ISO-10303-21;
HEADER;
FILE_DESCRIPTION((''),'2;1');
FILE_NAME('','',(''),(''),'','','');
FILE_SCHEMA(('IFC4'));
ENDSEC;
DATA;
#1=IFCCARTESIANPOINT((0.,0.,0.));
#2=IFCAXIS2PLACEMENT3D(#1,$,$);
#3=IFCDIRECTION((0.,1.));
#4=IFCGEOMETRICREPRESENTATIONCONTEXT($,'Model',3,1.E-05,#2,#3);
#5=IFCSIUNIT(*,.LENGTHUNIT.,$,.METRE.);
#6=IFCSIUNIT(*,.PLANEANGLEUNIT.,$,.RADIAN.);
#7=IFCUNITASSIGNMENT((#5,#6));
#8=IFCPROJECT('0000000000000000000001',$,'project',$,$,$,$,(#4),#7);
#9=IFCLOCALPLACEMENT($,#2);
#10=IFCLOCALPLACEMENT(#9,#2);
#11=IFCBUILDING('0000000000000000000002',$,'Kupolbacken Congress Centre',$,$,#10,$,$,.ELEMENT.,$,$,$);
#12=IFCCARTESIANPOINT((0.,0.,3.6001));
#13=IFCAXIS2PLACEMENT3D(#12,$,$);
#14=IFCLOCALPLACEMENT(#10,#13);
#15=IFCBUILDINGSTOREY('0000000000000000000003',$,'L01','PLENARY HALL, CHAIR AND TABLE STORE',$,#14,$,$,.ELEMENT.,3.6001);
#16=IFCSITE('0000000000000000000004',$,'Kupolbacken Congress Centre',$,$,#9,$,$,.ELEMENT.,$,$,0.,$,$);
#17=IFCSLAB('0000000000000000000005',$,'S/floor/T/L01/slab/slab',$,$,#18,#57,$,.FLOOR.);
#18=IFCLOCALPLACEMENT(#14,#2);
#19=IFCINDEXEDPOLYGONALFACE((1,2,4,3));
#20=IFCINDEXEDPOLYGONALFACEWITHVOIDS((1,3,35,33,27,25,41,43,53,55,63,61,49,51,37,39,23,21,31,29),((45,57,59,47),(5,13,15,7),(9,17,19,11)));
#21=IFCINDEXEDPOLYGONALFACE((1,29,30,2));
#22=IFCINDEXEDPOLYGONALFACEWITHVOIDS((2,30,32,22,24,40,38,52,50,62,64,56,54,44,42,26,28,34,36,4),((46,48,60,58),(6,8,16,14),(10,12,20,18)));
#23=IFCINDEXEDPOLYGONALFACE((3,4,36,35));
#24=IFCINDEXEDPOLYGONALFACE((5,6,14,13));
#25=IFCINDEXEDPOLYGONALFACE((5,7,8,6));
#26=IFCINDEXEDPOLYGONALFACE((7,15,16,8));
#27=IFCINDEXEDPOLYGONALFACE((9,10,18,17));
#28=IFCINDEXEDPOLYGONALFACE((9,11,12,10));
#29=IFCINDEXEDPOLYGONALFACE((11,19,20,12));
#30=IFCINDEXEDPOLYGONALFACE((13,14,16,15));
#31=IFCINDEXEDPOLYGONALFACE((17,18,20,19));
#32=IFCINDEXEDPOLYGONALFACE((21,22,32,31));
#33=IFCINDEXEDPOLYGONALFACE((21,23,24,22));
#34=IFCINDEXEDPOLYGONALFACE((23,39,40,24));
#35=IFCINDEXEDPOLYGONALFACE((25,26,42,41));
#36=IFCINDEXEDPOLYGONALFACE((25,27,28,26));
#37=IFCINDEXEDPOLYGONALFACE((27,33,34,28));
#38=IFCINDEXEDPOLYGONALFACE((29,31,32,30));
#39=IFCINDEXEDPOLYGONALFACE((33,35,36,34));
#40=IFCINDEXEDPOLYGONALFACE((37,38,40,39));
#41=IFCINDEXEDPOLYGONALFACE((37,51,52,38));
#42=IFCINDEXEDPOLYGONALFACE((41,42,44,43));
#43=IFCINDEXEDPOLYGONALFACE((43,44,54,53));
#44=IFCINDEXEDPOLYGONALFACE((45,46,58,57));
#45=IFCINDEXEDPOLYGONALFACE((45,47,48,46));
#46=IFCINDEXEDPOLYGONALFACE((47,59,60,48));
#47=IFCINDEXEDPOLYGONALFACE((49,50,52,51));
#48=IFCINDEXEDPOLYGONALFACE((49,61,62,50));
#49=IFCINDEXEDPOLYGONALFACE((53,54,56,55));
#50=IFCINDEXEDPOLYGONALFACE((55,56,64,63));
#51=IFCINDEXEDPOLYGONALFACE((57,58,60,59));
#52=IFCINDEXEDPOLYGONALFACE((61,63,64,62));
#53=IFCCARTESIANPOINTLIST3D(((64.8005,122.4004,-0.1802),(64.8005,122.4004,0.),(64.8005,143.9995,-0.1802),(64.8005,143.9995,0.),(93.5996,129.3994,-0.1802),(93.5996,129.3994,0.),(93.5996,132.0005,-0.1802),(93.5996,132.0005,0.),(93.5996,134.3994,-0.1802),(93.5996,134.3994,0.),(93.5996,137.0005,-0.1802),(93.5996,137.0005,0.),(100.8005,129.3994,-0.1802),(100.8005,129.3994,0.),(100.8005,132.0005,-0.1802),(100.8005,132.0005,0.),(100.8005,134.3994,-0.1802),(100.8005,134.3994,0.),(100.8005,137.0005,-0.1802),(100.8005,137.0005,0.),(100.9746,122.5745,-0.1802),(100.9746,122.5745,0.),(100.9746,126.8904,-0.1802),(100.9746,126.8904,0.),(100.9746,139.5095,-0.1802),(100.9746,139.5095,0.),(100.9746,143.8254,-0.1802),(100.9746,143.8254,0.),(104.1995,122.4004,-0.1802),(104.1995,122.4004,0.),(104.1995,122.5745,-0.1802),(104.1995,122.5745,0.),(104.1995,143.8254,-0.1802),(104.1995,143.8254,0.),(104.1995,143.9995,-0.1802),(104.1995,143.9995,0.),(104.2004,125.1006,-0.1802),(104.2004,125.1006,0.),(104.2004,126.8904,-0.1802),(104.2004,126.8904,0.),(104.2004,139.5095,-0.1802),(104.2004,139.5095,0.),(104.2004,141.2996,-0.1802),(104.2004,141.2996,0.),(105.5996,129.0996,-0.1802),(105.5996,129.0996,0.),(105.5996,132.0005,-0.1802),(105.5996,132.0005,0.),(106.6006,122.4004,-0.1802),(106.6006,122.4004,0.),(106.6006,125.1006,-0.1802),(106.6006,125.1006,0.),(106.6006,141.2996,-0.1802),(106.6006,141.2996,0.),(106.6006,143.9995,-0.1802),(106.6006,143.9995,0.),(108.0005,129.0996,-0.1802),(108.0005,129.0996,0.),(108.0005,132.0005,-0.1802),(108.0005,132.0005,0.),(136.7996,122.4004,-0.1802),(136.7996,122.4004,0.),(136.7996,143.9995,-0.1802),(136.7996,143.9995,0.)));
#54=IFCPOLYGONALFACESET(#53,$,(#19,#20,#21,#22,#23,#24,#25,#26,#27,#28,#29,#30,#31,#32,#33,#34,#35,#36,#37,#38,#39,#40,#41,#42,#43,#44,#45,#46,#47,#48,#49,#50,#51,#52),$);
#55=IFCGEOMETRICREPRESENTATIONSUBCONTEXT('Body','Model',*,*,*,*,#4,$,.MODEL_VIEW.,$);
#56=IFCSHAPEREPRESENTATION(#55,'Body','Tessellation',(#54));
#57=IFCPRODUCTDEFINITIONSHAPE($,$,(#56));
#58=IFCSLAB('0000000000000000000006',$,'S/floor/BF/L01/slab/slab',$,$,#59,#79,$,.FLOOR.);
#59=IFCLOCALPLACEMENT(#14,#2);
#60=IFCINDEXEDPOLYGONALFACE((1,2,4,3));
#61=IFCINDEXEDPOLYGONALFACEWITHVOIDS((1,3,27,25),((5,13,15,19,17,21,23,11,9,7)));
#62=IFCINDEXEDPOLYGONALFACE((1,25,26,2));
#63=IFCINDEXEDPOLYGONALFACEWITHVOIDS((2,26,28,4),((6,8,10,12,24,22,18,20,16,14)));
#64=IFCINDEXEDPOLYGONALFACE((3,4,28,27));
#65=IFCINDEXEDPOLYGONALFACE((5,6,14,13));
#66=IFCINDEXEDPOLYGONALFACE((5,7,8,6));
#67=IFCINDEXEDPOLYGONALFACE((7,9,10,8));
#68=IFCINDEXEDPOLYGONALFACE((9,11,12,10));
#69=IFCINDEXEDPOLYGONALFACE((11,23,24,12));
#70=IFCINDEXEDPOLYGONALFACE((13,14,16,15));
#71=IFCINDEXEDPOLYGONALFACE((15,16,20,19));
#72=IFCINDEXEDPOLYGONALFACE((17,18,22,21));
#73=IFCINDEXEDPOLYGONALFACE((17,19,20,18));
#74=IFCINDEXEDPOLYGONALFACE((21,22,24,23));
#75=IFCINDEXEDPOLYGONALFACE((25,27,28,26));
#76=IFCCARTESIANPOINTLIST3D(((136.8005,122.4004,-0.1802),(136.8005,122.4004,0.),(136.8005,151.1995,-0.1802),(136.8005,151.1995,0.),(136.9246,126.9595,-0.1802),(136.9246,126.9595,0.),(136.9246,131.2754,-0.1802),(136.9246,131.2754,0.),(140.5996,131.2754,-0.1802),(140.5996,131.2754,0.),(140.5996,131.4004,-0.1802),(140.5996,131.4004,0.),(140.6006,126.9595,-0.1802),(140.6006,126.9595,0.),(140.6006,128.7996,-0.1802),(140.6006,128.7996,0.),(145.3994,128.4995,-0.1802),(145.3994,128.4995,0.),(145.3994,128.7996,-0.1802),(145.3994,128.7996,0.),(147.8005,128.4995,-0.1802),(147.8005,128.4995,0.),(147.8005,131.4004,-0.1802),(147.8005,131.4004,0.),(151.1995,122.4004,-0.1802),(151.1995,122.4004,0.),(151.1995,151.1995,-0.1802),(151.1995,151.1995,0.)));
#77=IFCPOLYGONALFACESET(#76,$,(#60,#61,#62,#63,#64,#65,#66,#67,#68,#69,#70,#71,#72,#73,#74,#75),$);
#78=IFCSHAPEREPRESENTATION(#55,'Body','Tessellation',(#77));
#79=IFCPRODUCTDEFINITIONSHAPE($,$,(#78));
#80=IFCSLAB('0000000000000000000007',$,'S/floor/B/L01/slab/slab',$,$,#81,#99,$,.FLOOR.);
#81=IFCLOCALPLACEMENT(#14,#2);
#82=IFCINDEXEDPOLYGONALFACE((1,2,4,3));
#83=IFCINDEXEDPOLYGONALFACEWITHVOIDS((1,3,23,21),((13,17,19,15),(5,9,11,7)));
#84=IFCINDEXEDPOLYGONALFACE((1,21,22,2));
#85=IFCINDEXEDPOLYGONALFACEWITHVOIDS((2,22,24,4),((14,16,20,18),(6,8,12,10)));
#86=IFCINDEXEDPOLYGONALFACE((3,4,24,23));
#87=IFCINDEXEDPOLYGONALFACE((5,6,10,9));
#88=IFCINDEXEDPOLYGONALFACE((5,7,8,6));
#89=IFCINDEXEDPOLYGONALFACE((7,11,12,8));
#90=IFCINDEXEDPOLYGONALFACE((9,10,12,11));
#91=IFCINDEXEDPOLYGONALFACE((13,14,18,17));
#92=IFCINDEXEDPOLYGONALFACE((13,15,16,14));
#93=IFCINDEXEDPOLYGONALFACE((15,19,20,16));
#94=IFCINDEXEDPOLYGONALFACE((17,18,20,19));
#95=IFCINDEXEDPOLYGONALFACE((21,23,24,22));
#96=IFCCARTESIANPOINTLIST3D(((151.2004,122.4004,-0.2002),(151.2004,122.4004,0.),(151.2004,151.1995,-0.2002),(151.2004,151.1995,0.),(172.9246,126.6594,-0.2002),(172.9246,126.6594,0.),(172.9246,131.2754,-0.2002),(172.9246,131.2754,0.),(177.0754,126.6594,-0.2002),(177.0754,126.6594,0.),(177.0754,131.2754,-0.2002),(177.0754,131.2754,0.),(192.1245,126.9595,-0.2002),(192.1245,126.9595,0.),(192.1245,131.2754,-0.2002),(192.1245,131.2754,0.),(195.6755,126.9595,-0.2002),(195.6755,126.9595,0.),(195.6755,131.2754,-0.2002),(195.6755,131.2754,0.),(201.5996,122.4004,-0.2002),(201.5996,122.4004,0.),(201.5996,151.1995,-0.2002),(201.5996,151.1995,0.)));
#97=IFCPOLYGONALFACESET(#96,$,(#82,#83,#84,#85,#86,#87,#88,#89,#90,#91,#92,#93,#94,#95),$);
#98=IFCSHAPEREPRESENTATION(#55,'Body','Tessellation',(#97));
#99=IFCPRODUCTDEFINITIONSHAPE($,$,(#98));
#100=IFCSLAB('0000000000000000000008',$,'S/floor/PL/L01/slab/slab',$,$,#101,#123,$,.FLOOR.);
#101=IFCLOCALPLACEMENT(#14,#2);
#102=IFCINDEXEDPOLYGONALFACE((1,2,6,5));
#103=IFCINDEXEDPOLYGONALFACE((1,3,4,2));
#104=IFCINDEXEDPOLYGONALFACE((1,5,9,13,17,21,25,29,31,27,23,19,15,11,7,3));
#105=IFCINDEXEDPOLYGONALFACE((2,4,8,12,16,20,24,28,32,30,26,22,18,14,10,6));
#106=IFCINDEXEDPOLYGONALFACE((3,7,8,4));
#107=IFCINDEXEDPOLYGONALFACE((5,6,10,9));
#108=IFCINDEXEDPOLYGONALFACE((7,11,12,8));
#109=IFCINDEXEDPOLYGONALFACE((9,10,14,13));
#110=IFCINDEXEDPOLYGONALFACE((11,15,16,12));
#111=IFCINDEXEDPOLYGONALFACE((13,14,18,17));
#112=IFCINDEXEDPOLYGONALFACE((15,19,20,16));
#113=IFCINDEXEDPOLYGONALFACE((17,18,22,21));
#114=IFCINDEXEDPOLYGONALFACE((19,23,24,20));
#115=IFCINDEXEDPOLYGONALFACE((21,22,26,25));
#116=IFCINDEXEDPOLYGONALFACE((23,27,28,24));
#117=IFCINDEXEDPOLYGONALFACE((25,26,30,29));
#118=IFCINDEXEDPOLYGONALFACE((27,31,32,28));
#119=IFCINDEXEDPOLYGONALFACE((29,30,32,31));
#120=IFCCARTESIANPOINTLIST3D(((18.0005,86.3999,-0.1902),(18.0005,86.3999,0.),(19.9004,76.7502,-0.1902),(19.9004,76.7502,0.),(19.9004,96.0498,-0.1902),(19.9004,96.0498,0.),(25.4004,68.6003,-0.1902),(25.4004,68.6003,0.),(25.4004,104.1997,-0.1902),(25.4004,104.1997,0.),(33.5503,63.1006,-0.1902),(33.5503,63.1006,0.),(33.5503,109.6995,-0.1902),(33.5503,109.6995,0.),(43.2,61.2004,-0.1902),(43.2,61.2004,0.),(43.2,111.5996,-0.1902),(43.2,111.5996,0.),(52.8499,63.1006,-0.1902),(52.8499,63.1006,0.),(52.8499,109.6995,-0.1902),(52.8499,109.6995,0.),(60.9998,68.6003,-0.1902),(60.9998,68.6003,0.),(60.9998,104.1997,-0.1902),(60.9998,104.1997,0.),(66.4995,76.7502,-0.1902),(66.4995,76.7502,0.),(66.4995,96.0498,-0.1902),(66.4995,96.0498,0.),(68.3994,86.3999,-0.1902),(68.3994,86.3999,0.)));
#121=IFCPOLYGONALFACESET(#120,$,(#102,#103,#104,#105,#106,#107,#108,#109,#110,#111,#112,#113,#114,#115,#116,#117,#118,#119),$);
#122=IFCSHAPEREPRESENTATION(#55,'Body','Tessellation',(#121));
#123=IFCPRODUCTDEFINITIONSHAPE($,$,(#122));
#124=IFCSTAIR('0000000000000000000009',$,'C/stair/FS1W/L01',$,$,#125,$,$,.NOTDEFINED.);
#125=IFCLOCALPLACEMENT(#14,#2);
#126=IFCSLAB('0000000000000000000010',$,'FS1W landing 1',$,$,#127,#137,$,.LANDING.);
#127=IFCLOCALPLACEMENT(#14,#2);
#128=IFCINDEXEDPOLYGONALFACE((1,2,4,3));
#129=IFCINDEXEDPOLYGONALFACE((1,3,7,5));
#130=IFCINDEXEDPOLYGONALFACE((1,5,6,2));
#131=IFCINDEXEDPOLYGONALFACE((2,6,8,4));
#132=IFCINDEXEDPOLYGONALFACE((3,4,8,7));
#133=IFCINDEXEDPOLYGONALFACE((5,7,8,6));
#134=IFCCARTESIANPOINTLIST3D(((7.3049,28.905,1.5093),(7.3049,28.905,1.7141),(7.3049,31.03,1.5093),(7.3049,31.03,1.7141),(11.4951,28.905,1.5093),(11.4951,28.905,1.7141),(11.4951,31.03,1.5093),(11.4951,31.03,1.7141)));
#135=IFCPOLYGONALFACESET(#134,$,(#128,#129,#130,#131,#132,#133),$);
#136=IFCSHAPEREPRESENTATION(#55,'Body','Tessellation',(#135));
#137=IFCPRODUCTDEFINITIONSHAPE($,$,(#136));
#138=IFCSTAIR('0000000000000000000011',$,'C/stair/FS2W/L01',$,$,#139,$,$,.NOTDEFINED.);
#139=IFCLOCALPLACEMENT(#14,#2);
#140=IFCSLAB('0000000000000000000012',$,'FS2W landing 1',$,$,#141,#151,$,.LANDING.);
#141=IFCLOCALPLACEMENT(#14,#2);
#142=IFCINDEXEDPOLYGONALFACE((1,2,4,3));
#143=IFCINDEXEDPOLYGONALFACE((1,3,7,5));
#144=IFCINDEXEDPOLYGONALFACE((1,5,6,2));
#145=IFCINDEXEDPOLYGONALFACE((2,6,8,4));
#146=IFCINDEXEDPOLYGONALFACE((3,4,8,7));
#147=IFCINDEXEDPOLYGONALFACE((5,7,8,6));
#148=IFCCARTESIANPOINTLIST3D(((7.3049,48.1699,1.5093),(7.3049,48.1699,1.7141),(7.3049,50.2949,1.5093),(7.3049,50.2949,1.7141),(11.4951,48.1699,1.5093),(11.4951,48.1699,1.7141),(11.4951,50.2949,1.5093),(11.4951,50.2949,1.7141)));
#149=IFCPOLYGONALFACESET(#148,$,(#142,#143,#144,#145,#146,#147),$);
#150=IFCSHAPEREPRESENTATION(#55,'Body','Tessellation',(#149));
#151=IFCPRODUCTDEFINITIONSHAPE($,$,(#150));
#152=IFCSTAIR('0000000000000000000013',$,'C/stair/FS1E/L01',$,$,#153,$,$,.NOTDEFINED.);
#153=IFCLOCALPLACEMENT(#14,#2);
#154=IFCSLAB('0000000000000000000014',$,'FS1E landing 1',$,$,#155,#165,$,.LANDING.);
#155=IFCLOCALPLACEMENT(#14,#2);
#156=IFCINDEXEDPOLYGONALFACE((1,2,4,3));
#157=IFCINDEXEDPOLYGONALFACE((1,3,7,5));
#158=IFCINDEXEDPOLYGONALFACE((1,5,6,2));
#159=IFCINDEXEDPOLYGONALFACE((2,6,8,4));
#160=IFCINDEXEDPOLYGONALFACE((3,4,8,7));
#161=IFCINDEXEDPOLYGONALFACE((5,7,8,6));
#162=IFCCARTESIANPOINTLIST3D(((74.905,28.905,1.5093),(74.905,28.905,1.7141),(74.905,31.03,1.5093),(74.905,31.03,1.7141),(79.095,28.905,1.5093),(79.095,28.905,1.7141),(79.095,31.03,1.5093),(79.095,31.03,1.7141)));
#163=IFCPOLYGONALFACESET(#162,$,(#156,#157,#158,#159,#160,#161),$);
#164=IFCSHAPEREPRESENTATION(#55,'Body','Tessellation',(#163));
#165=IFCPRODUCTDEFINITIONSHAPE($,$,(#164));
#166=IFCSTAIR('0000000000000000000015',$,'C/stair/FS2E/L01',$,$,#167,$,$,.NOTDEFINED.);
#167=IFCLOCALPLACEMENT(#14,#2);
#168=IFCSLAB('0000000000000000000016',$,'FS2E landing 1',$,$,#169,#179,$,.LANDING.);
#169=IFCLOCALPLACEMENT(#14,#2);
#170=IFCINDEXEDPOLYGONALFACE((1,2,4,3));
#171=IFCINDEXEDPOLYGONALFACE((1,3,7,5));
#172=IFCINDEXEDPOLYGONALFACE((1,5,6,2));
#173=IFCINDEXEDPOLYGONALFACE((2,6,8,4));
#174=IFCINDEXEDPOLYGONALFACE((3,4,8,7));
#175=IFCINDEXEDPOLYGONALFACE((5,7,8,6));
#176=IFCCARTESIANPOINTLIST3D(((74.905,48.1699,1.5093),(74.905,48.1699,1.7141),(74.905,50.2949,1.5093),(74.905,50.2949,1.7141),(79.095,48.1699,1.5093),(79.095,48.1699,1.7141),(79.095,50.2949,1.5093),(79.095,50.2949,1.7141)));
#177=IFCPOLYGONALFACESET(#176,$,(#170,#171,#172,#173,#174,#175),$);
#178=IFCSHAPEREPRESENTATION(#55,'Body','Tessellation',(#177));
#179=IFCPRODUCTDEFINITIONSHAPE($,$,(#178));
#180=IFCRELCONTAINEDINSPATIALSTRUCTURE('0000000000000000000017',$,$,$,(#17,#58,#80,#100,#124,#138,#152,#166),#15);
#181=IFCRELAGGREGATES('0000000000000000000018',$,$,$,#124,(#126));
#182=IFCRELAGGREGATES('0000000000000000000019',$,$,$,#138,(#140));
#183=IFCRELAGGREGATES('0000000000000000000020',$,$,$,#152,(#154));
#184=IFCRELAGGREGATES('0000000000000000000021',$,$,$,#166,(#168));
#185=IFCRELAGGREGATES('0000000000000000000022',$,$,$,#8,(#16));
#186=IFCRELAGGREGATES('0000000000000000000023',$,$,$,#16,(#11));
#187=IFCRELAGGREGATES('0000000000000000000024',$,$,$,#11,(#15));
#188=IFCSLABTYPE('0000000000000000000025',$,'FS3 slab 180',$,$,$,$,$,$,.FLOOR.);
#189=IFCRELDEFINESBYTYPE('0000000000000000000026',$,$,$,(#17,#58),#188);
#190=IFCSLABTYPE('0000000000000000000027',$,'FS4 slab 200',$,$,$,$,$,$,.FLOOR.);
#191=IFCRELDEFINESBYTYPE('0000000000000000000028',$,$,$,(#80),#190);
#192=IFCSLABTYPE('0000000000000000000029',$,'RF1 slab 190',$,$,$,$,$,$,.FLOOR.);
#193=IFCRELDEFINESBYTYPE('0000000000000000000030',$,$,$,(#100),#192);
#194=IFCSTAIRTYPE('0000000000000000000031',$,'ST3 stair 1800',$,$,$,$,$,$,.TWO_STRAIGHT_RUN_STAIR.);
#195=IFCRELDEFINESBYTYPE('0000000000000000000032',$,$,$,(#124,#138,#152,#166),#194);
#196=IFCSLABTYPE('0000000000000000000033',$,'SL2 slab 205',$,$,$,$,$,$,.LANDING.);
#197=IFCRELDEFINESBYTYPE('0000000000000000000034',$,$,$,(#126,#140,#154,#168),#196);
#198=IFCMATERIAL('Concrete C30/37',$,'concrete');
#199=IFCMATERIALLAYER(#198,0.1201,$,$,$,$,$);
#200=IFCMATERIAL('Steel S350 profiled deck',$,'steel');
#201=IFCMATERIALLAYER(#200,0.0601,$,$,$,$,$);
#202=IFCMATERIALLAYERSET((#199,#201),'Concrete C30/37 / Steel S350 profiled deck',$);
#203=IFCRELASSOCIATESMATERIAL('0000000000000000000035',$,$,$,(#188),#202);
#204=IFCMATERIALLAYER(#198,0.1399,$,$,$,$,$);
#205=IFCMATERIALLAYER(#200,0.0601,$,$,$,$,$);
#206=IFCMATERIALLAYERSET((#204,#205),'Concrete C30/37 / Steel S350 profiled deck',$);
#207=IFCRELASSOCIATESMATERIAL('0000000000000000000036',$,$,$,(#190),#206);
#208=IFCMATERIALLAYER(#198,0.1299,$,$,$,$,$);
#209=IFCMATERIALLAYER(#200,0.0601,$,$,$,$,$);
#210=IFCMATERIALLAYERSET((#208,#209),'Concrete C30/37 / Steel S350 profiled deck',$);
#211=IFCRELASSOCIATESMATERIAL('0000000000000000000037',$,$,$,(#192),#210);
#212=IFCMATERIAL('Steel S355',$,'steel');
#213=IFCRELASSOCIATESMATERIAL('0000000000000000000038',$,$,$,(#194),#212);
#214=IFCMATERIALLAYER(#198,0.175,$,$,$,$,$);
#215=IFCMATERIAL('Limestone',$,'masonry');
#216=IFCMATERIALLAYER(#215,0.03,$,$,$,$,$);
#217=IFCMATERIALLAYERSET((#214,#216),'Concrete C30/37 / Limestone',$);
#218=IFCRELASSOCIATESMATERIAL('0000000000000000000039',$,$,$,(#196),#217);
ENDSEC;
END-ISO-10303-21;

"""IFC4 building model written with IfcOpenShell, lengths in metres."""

from ifc_helpers import new_model, si_unit, direction, frame, origin, place, context, subcontext, project, spatial, polyline, outline, extrude, material, layer, layer_set, type_object, element, aggregate, save


model = new_model("IFC4")

# Units and contexts
model_context = context("Model", 3, precision=1e-05, world=origin(), true_north=direction((0.0, 1.0)))
body_context = subcontext(model_context, "Body", "Model", "MODEL_VIEW")
ifc_project = project(units=[si_unit("LENGTHUNIT", "METRE"), si_unit("PLANEANGLEUNIT", "RADIAN")], contexts=[model_context])

# Site, building, storey
site_placement = place(None, origin())
site = spatial("IfcSite", under=ifc_project, at=site_placement, Name="Kupolbacken Congress Centre", CompositionType="ELEMENT", RefElevation=0.0)
building_placement = place(site_placement, origin())
building = spatial("IfcBuilding", under=site, at=building_placement, Name="Kupolbacken Congress Centre", CompositionType="ELEMENT")
storey_placement = place(building_placement, frame((0.0, 0.0, 3.6001)))
storey = spatial("IfcBuildingStorey", under=building, at=storey_placement, Name="L01", Description="PLENARY HALL, CHAIR AND TABLE STORE", CompositionType="ELEMENT", Elevation=3.6001)

# Slabs
ifc_material_1 = material(Name="Concrete C30/37", Category="concrete")
ifc_layer_1 = layer(ifc_material_1, 0.1201)
ifc_material_2 = material(Name="Steel S350 profiled deck", Category="steel")
ifc_layer_2 = layer(ifc_material_2, 0.0601)
ifc_layer_set_1 = layer_set([ifc_layer_1, ifc_layer_2], Name="Concrete C30/37 / Steel S350 profiled deck")
slab_type_1 = type_object("IfcSlabType", Name="FS3 slab 180", PredefinedType="FLOOR", material=ifc_layer_set_1)
slab_1_placement = place(storey_placement, frame((0.0, 0.0, -0.1802)))
element("IfcSlab", 1, at=slab_1_placement, inside=storey, type_object=slab_type_1, Name="S/floor/T/L01/slab/slab", PredefinedType="FLOOR", context=body_context, shape_type="SweptSolid", body=[
    extrude(outline(polyline([(136.7996, 122.4004), (136.7996, 143.9995), (106.6006, 143.9995), (106.6006, 141.2996), (104.2004, 141.2996), (104.2004, 139.5095), (100.9746, 139.5095), (100.9746, 143.8254), (104.1995, 143.8254), (104.1995, 143.9995), (64.8005, 143.9995), (64.8005, 122.4004), (104.1995, 122.4004), (104.1995, 122.5745), (100.9746, 122.5745), (100.9746, 126.8904), (104.2004, 126.8904), (104.2004, 125.1006), (106.6006, 125.1006), (106.6006, 122.4004), (136.7996, 122.4004)]), holes=[polyline([(105.5996, 132.0005), (108.0005, 132.0005), (108.0005, 129.0996), (105.5996, 129.0996), (105.5996, 132.0005)]), polyline([(93.5996, 137.0005), (100.8005, 137.0005), (100.8005, 134.3994), (93.5996, 134.3994), (93.5996, 137.0005)]), polyline([(93.5996, 129.3994), (93.5996, 132.0005), (100.8005, 132.0005), (100.8005, 129.3994), (93.5996, 129.3994)])]), origin(), (0.0, 0.0, 1.0), 0.1802),
])
slab_2_placement = place(storey_placement, frame((0.0, 0.0, -0.1802)))
element("IfcSlab", 2, at=slab_2_placement, inside=storey, type_object=slab_type_1, Name="S/floor/BF/L01/slab/slab", PredefinedType="FLOOR", context=body_context, shape_type="SweptSolid", body=[
    extrude(outline(polyline([(151.1995, 122.4004), (151.1995, 151.1995), (136.8005, 151.1995), (136.8005, 122.4004), (151.1995, 122.4004)]), holes=[polyline([(140.5996, 131.2754), (140.5996, 131.4004), (147.8005, 131.4004), (147.8005, 128.4995), (145.3994, 128.4995), (145.3994, 128.7996), (140.6006, 128.7996), (140.6006, 126.9595), (136.9246, 126.9595), (136.9246, 131.2754), (140.5996, 131.2754)])]), origin(), (0.0, 0.0, 1.0), 0.1802),
])
ifc_layer_3 = layer(ifc_material_1, 0.1399)
ifc_layer_4 = layer(ifc_material_2, 0.0601)
ifc_layer_set_2 = layer_set([ifc_layer_3, ifc_layer_4], Name="Concrete C30/37 / Steel S350 profiled deck")
slab_type_2 = type_object("IfcSlabType", Name="FS4 slab 200", PredefinedType="FLOOR", material=ifc_layer_set_2)
slab_3_placement = place(storey_placement, frame((0.0, 0.0, -0.2002)))
element("IfcSlab", 3, at=slab_3_placement, inside=storey, type_object=slab_type_2, Name="S/floor/B/L01/slab/slab", PredefinedType="FLOOR", context=body_context, shape_type="SweptSolid", body=[
    extrude(outline(polyline([(201.5996, 122.4004), (201.5996, 151.1995), (151.2004, 151.1995), (151.2004, 122.4004), (201.5996, 122.4004)]), holes=[polyline([(195.6755, 131.2754), (195.6755, 126.9595), (192.1245, 126.9595), (192.1245, 131.2754), (195.6755, 131.2754)]), polyline([(177.0754, 131.2754), (177.0754, 126.6594), (172.9246, 126.6594), (172.9246, 131.2754), (177.0754, 131.2754)])]), origin(), (0.0, 0.0, 1.0), 0.2002),
])
ifc_layer_5 = layer(ifc_material_1, 0.1299)
ifc_layer_6 = layer(ifc_material_2, 0.0601)
ifc_layer_set_3 = layer_set([ifc_layer_5, ifc_layer_6], Name="Concrete C30/37 / Steel S350 profiled deck")
slab_type_3 = type_object("IfcSlabType", Name="RF1 slab 190", PredefinedType="FLOOR", material=ifc_layer_set_3)
slab_4_placement = place(storey_placement, frame((0.0, 0.0, -0.1902)))
element("IfcSlab", 4, at=slab_4_placement, inside=storey, type_object=slab_type_3, Name="S/floor/PL/L01/slab/slab", PredefinedType="FLOOR", context=body_context, shape_type="SweptSolid", body=[
    extrude(outline(polyline([(66.4995, 96.0498), (60.9998, 104.1997), (52.8499, 109.6995), (43.2, 111.5996), (33.5503, 109.6995), (25.4004, 104.1997), (19.9004, 96.0498), (18.0005, 86.3999), (19.9004, 76.7502), (25.4004, 68.6003), (33.5503, 63.1006), (43.2, 61.2004), (52.8499, 63.1006), (60.9998, 68.6003), (66.4995, 76.7502), (68.3994, 86.3999), (66.4995, 96.0498)])), origin(), (0.0, 0.0, 1.0), 0.1902),
])

# Stairs, slabs
ifc_material_3 = material(Name="Steel S355", Category="steel")
stair_type_1 = type_object("IfcStairType", Name="ST3 stair 1800", PredefinedType="TWO_STRAIGHT_RUN_STAIR", material=ifc_material_3)
stair_1_placement = place(storey_placement, origin())
stair_1 = element("IfcStair", 5, at=stair_1_placement, inside=storey, type_object=stair_type_1, Name="C/stair/FS1W/L01", PredefinedType="NOTDEFINED")
ifc_layer_7 = layer(ifc_material_1, 0.175)
ifc_material_4 = material(Name="Limestone", Category="masonry")
ifc_layer_8 = layer(ifc_material_4, 0.03)
ifc_layer_set_4 = layer_set([ifc_layer_7, ifc_layer_8], Name="Concrete C30/37 / Limestone")
slab_type_4 = type_object("IfcSlabType", Name="SL2 slab 205", PredefinedType="LANDING", material=ifc_layer_set_4)
slab_5_placement = place(storey_placement, frame((0.0, 0.0, 1.5093)))
slab_5 = element("IfcSlab", 6, at=slab_5_placement, type_object=slab_type_4, Name="FS1W landing 1", PredefinedType="LANDING", context=body_context, shape_type="SweptSolid", body=[
    extrude(outline(polyline([(7.3049, 28.905), (11.4951, 28.905), (11.4951, 31.03), (7.3049, 31.03), (7.3049, 28.905)])), origin(), (0.0, 0.0, 1.0), 0.2048),
])
aggregate(stair_1, [slab_5])
stair_2_placement = place(storey_placement, origin())
stair_2 = element("IfcStair", 7, at=stair_2_placement, inside=storey, type_object=stair_type_1, Name="C/stair/FS2W/L01", PredefinedType="NOTDEFINED")
slab_6_placement = place(storey_placement, frame((0.0, 0.0, 1.5093)))
slab_6 = element("IfcSlab", 8, at=slab_6_placement, type_object=slab_type_4, Name="FS2W landing 1", PredefinedType="LANDING", context=body_context, shape_type="SweptSolid", body=[
    extrude(outline(polyline([(7.3049, 48.1699), (11.4951, 48.1699), (11.4951, 50.2949), (7.3049, 50.2949), (7.3049, 48.1699)])), origin(), (0.0, 0.0, 1.0), 0.2048),
])
aggregate(stair_2, [slab_6])
stair_3_placement = place(storey_placement, origin())
stair_3 = element("IfcStair", 9, at=stair_3_placement, inside=storey, type_object=stair_type_1, Name="C/stair/FS1E/L01", PredefinedType="NOTDEFINED")
slab_7_placement = place(storey_placement, frame((0.0, 0.0, 1.5093)))
slab_7 = element("IfcSlab", 10, at=slab_7_placement, type_object=slab_type_4, Name="FS1E landing 1", PredefinedType="LANDING", context=body_context, shape_type="SweptSolid", body=[
    extrude(outline(polyline([(74.905, 28.905), (79.095, 28.905), (79.095, 31.03), (74.905, 31.03), (74.905, 28.905)])), origin(), (0.0, 0.0, 1.0), 0.2048),
])
aggregate(stair_3, [slab_7])
stair_4_placement = place(storey_placement, origin())
stair_4 = element("IfcStair", 11, at=stair_4_placement, inside=storey, type_object=stair_type_1, Name="C/stair/FS2E/L01", PredefinedType="NOTDEFINED")
slab_8_placement = place(storey_placement, frame((0.0, 0.0, 1.5093)))
slab_8 = element("IfcSlab", 12, at=slab_8_placement, type_object=slab_type_4, Name="FS2E landing 1", PredefinedType="LANDING", context=body_context, shape_type="SweptSolid", body=[
    extrude(outline(polyline([(74.905, 48.1699), (79.095, 48.1699), (79.095, 50.2949), (74.905, 50.2949), (74.905, 48.1699)])), origin(), (0.0, 0.0, 1.0), 0.2048),
])
aggregate(stair_4, [slab_8])

save(model, "model.ifc")
